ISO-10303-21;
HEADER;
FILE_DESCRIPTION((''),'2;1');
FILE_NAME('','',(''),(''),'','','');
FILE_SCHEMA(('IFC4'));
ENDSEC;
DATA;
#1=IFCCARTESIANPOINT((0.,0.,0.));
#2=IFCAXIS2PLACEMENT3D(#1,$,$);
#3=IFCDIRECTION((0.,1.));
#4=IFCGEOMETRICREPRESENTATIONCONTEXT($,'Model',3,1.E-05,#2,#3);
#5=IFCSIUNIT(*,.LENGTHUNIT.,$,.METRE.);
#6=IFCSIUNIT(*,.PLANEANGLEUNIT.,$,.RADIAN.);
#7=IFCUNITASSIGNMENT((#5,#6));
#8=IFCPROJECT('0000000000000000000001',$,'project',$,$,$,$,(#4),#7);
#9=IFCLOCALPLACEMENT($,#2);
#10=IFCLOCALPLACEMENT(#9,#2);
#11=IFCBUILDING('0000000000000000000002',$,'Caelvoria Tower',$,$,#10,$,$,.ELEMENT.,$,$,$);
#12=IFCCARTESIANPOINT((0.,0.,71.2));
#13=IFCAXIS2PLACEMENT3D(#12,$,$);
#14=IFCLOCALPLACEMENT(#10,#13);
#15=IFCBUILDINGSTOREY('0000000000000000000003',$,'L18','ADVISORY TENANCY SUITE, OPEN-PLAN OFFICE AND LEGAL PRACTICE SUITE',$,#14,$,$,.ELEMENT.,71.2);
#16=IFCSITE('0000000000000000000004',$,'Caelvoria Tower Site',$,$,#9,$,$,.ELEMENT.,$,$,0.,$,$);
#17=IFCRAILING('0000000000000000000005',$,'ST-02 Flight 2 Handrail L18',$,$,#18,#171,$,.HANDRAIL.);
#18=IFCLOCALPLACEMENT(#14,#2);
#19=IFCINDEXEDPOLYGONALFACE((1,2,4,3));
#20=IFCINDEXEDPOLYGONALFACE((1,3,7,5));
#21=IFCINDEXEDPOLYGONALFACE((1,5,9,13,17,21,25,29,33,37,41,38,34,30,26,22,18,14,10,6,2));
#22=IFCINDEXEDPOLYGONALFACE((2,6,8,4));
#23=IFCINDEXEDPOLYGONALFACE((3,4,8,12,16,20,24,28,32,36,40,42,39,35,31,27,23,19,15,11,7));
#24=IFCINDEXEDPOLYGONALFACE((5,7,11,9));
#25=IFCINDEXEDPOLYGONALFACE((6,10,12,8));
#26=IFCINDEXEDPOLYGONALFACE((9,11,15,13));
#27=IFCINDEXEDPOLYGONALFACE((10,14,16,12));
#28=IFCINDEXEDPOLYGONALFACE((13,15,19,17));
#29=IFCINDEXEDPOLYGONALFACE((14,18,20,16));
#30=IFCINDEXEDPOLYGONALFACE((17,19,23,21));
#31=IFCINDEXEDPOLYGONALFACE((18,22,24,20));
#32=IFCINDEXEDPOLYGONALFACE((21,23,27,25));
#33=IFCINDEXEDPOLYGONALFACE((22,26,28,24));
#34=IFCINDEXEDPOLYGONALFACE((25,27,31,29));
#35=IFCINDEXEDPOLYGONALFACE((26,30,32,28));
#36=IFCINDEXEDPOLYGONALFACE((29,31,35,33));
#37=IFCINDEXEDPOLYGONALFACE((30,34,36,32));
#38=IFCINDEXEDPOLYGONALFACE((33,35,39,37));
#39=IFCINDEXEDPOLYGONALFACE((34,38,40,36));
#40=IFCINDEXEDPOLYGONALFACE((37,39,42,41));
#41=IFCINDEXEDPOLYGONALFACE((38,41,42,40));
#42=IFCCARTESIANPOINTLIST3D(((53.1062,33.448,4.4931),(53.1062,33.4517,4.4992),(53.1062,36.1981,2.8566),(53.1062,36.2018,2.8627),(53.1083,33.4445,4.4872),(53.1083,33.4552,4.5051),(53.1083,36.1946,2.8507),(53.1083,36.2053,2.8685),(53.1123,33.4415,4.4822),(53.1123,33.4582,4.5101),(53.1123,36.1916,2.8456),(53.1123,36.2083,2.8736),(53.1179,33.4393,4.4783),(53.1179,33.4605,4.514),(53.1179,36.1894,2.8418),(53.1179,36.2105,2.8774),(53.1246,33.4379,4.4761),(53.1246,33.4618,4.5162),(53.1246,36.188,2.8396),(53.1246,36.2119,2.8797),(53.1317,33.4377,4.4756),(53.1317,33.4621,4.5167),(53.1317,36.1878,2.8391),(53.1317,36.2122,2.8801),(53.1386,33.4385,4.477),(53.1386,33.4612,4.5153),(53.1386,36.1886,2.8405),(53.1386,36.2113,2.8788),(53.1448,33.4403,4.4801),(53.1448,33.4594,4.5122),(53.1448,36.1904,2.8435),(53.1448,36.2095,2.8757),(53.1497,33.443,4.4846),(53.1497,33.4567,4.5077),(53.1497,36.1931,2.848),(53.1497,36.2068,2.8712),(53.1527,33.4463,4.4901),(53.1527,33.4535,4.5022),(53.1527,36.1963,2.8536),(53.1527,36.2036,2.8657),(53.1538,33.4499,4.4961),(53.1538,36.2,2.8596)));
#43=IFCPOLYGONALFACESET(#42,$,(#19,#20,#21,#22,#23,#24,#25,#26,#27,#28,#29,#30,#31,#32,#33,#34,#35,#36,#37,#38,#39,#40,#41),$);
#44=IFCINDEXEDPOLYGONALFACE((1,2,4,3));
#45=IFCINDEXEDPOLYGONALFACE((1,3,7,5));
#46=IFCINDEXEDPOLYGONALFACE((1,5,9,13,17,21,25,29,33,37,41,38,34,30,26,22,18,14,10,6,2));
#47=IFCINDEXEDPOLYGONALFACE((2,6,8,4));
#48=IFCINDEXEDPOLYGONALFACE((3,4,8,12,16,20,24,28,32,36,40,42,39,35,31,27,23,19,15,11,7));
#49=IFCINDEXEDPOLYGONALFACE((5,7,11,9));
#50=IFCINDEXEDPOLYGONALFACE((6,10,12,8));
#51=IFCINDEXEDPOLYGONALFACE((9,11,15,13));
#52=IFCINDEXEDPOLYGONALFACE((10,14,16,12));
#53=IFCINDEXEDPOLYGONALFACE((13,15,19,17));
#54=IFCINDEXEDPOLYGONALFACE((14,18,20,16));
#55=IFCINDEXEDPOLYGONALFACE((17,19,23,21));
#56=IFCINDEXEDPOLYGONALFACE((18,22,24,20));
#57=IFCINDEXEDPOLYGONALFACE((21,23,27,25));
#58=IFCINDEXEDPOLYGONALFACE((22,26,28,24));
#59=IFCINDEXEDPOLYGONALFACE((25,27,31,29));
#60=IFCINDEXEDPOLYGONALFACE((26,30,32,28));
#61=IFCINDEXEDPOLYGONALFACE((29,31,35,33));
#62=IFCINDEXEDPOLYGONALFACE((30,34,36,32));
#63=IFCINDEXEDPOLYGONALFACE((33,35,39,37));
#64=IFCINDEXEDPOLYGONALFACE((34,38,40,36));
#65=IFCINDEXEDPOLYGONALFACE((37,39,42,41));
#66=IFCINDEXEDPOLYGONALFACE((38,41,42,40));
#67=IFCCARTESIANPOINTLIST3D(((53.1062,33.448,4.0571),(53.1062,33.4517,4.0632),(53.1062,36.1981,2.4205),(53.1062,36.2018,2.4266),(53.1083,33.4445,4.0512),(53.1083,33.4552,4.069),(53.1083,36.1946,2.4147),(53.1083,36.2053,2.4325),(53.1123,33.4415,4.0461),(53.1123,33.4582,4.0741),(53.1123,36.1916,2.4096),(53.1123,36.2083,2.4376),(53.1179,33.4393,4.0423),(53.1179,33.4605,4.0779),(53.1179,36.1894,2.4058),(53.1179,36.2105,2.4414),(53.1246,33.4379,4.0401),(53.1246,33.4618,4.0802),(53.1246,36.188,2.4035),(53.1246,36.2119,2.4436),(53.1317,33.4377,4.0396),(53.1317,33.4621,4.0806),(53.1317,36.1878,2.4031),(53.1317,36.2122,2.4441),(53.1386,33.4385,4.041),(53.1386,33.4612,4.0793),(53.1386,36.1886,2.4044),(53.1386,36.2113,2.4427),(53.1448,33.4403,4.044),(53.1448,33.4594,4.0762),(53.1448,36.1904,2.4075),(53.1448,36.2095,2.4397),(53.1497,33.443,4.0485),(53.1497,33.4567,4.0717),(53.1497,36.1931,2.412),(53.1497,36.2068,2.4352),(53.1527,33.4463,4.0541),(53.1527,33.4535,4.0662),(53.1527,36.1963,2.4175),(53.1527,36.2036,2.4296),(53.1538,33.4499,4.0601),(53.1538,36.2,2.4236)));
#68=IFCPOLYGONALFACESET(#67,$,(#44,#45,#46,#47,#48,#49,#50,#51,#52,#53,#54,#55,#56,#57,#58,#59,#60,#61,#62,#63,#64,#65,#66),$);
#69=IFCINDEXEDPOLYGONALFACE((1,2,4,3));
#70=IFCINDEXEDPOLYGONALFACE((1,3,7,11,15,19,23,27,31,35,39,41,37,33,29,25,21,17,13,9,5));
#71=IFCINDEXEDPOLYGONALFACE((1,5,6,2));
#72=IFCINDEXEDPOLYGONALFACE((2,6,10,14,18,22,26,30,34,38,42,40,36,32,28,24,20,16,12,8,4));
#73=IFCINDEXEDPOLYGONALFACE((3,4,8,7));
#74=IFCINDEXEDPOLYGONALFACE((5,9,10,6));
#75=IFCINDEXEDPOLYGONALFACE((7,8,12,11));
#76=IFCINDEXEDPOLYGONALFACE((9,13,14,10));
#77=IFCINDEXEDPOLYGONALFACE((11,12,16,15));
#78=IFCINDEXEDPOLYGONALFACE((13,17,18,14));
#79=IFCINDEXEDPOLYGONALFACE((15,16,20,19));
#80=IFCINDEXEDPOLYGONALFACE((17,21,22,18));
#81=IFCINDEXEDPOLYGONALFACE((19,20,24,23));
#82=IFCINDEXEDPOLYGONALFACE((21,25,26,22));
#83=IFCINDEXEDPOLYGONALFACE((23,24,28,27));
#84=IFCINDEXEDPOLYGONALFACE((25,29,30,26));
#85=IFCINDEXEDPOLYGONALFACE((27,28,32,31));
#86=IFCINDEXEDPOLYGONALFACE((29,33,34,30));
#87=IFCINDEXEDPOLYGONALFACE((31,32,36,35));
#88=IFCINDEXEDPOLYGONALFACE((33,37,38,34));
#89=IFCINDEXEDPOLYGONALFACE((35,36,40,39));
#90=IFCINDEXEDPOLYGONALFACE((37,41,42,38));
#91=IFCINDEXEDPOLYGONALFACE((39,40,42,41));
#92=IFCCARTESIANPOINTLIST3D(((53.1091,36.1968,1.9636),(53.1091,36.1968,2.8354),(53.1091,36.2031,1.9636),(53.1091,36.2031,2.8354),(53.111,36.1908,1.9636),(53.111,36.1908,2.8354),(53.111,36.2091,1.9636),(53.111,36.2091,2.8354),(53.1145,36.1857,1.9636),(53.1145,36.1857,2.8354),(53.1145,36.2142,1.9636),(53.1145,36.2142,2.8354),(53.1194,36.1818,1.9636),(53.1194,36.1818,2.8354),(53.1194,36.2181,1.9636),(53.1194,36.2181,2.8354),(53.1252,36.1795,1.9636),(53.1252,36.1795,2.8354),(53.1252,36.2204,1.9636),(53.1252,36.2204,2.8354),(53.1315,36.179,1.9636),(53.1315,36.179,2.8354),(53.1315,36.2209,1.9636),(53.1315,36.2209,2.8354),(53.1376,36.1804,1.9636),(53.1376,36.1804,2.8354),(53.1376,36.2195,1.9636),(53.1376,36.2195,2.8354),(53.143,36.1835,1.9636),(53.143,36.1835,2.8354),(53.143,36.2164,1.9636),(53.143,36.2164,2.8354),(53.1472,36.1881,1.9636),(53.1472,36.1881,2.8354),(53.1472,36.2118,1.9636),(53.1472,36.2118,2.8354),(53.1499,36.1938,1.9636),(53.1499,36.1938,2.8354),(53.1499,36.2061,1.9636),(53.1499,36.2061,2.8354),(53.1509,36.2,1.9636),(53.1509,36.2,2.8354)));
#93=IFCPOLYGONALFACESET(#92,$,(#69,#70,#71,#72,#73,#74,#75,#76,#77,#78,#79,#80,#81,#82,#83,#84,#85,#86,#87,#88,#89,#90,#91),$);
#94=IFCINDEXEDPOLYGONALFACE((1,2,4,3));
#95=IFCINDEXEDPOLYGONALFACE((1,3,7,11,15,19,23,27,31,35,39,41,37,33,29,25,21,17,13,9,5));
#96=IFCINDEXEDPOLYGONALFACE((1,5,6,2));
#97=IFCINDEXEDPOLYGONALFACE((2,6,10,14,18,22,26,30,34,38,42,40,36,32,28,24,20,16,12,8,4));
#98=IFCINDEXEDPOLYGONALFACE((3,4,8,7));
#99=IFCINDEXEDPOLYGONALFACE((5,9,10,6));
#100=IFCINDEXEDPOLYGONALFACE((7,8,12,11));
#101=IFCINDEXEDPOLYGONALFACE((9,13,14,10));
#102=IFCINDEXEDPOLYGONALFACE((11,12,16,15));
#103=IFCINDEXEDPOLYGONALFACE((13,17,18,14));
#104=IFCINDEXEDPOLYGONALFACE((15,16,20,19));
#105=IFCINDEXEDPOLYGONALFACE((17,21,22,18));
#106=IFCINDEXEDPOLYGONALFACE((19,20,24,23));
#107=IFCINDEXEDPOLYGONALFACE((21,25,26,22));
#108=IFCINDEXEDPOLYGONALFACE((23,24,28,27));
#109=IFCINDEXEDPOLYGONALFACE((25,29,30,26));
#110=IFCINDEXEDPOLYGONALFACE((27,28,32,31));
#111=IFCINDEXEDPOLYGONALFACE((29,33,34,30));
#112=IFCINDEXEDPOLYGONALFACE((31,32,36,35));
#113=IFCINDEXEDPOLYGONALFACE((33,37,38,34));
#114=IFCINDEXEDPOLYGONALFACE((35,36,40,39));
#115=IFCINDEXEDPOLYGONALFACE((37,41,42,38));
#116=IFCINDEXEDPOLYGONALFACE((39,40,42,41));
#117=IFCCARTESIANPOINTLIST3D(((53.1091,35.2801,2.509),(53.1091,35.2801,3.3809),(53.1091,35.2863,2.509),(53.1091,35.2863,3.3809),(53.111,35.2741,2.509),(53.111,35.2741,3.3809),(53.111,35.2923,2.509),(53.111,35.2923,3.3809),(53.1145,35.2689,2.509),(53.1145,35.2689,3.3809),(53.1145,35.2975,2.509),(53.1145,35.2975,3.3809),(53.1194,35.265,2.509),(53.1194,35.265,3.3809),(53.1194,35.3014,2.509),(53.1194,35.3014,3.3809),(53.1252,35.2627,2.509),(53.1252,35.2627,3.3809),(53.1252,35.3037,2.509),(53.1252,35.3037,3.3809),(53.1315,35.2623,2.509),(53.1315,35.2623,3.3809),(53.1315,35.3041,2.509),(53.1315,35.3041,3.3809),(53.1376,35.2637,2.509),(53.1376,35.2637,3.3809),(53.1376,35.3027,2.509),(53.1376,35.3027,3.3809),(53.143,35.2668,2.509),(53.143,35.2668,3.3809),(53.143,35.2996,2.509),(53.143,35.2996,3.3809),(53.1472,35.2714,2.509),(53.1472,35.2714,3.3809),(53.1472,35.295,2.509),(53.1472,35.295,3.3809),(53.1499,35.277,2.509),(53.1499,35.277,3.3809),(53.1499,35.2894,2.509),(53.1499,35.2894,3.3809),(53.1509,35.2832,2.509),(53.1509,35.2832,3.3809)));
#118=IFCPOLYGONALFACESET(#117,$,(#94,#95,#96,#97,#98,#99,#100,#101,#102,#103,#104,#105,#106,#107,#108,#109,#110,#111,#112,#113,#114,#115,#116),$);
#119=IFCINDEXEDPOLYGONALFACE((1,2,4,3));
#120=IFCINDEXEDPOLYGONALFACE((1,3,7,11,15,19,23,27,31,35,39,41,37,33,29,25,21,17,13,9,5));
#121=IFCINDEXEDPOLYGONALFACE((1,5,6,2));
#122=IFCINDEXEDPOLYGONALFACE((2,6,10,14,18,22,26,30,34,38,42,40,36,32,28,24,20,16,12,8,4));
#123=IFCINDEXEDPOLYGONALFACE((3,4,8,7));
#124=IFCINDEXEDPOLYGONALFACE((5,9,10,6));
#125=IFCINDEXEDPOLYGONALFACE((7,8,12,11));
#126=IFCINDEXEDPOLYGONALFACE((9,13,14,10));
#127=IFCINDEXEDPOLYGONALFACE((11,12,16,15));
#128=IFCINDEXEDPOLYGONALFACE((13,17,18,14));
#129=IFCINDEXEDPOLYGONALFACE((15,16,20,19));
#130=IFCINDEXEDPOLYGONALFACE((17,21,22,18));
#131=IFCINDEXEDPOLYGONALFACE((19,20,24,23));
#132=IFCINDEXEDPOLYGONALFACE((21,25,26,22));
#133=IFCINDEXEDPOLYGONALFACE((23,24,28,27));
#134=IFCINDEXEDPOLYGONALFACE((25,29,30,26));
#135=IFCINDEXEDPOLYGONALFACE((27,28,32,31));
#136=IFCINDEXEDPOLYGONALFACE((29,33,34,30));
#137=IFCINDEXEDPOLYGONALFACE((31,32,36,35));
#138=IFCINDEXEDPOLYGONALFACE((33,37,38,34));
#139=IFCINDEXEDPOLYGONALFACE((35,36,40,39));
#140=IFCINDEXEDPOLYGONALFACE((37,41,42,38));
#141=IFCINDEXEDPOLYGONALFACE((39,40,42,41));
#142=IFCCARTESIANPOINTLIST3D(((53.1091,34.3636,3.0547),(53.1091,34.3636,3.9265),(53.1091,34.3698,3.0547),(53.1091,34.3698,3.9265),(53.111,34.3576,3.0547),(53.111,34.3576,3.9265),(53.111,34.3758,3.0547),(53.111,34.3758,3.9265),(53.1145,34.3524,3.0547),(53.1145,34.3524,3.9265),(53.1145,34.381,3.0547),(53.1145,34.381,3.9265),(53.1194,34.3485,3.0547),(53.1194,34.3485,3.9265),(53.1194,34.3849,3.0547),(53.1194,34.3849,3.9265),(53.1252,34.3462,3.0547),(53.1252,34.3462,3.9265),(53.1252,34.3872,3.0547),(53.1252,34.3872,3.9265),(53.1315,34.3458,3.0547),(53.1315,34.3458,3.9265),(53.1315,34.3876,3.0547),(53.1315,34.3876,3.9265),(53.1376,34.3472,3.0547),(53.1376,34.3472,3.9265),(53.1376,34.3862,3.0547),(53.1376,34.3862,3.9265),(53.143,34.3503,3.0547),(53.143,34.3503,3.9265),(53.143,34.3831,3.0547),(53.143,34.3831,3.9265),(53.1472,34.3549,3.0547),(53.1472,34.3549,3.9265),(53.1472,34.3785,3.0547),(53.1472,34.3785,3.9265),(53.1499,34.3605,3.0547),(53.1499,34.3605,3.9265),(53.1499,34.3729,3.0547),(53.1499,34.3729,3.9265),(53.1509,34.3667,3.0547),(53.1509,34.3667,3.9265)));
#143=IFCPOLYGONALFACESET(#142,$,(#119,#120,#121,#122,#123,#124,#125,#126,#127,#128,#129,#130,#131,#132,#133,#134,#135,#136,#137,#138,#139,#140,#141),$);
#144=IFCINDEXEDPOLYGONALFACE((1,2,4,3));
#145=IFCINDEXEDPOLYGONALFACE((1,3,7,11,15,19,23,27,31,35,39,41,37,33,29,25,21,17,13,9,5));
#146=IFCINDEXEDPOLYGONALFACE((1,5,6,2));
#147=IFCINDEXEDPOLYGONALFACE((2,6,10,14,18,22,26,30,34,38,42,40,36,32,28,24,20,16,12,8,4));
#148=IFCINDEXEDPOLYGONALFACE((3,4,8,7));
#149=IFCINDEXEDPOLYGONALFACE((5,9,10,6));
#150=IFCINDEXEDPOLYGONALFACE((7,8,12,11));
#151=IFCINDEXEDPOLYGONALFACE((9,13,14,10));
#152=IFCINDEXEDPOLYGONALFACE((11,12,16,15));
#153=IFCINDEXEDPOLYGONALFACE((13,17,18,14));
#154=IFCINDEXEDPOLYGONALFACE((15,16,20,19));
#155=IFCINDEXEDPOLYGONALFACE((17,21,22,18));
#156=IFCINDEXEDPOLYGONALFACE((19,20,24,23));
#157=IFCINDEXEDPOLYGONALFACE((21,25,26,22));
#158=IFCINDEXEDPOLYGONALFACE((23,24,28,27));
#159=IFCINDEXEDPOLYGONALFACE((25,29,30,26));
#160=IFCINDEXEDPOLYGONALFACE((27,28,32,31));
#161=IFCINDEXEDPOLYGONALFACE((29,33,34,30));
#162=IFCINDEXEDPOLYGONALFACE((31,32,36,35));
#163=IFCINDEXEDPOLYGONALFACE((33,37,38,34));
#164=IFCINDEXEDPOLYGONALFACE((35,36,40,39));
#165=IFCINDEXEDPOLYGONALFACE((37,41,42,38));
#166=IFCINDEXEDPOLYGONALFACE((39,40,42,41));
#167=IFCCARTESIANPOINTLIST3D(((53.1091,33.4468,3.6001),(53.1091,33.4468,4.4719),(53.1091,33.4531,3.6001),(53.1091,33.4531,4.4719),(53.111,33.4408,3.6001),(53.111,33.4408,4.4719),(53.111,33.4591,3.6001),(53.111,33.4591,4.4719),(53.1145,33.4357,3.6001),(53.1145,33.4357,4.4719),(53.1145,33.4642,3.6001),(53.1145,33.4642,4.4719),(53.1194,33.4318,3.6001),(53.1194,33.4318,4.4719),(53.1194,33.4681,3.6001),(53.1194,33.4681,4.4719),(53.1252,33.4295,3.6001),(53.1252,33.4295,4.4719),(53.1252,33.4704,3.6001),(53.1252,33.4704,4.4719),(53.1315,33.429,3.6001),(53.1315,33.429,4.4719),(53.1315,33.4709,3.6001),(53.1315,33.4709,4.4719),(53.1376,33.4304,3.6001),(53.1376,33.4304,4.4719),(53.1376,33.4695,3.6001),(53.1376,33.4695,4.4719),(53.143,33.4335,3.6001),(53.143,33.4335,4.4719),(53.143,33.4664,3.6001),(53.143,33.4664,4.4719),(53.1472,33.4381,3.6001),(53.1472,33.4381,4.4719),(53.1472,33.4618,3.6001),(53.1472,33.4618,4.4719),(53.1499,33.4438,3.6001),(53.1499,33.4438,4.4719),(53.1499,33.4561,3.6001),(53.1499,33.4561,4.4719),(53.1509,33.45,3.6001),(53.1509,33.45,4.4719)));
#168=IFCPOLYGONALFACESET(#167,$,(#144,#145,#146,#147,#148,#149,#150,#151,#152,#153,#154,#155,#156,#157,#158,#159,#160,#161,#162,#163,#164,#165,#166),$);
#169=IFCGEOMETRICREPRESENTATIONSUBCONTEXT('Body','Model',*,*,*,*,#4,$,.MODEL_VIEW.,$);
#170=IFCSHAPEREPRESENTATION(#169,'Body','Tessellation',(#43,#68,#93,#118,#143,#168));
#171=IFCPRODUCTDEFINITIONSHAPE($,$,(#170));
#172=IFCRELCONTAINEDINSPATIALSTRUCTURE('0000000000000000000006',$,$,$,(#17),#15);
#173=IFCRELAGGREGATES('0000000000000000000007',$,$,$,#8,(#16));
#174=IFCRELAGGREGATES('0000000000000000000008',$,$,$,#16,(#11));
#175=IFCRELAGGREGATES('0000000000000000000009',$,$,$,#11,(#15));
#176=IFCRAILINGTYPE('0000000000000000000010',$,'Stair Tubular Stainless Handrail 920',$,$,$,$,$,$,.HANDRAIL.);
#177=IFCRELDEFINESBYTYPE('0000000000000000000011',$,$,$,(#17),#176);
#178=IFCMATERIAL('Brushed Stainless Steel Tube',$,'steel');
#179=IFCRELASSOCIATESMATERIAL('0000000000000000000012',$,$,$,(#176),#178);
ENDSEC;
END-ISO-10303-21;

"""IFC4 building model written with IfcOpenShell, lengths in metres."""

from ifc_helpers import new_model, si_unit, direction, frame, origin, origin_2d, place, context, subcontext, project, spatial, circle, extrude, material, type_object, element, save


model = new_model("IFC4")

# Units and contexts
model_context = context("Model", 3, precision=1e-05, world=origin(), true_north=direction((0.0, 1.0)))
body_context = subcontext(model_context, "Body", "Model", "MODEL_VIEW")
ifc_project = project(units=[si_unit("LENGTHUNIT", "METRE"), si_unit("PLANEANGLEUNIT", "RADIAN")], contexts=[model_context])

# Site, building, storey
site_placement = place(None, origin())
site = spatial("IfcSite", under=ifc_project, at=site_placement, Name="Caelvoria Tower Site", CompositionType="ELEMENT", RefElevation=0.0)
building_placement = place(site_placement, origin())
building = spatial("IfcBuilding", under=site, at=building_placement, Name="Caelvoria Tower", CompositionType="ELEMENT")
storey_placement = place(building_placement, frame((0.0, 0.0, 71.2)))
storey = spatial("IfcBuildingStorey", under=building, at=storey_placement, Name="L18", Description="ADVISORY TENANCY SUITE, OPEN-PLAN OFFICE AND LEGAL PRACTICE SUITE", CompositionType="ELEMENT", Elevation=71.2)

# Railing
ifc_material_1 = material(Name="Brushed Stainless Steel Tube", Category="steel")
railing_type_1 = type_object("IfcRailingType", Name="Stair Tubular Stainless Handrail 920", PredefinedType="HANDRAIL", material=ifc_material_1)
railing_1_placement = place(storey_placement, frame((53.1299, 36.2, 1.9636)))
element("IfcRailing", 1, at=railing_1_placement, inside=storey, type_object=railing_type_1, Name="ST-02 Flight 2 Handrail L18", PredefinedType="HANDRAIL", context=body_context, shape_type="SweptSolid", body=[
    extrude(circle(Radius=0.0239, at=origin_2d()), frame((0.0, 0.0, 0.896), z_axis=(0.0, -0.859352, 0.511385), x_axis=(1.0, 0.0, 0.0)), (0.0, 0.0, 1.0), 3.2002),
    extrude(circle(Radius=0.0239, at=origin_2d()), frame((0.0, 0.0, 0.46), z_axis=(0.0, -0.859352, 0.511385), x_axis=(1.0, 0.0, 0.0)), (0.0, 0.0, 1.0), 3.2002),
    extrude(circle(Radius=0.021, at=origin_2d()), origin(), (0.0, 0.0, 1.0), 0.8718),
    extrude(circle(Radius=0.021, at=origin_2d()), frame((0.0, -0.9167, 0.5454)), (0.0, 0.0, 1.0), 0.8718),
    extrude(circle(Radius=0.021, at=origin_2d()), frame((0.0, -1.8333, 1.0911)), (0.0, 0.0, 1.0), 0.8718),
    extrude(circle(Radius=0.021, at=origin_2d()), frame((0.0, -2.75, 1.6365)), (0.0, 0.0, 1.0), 0.8718),
])

save(model, "model.ifc")
